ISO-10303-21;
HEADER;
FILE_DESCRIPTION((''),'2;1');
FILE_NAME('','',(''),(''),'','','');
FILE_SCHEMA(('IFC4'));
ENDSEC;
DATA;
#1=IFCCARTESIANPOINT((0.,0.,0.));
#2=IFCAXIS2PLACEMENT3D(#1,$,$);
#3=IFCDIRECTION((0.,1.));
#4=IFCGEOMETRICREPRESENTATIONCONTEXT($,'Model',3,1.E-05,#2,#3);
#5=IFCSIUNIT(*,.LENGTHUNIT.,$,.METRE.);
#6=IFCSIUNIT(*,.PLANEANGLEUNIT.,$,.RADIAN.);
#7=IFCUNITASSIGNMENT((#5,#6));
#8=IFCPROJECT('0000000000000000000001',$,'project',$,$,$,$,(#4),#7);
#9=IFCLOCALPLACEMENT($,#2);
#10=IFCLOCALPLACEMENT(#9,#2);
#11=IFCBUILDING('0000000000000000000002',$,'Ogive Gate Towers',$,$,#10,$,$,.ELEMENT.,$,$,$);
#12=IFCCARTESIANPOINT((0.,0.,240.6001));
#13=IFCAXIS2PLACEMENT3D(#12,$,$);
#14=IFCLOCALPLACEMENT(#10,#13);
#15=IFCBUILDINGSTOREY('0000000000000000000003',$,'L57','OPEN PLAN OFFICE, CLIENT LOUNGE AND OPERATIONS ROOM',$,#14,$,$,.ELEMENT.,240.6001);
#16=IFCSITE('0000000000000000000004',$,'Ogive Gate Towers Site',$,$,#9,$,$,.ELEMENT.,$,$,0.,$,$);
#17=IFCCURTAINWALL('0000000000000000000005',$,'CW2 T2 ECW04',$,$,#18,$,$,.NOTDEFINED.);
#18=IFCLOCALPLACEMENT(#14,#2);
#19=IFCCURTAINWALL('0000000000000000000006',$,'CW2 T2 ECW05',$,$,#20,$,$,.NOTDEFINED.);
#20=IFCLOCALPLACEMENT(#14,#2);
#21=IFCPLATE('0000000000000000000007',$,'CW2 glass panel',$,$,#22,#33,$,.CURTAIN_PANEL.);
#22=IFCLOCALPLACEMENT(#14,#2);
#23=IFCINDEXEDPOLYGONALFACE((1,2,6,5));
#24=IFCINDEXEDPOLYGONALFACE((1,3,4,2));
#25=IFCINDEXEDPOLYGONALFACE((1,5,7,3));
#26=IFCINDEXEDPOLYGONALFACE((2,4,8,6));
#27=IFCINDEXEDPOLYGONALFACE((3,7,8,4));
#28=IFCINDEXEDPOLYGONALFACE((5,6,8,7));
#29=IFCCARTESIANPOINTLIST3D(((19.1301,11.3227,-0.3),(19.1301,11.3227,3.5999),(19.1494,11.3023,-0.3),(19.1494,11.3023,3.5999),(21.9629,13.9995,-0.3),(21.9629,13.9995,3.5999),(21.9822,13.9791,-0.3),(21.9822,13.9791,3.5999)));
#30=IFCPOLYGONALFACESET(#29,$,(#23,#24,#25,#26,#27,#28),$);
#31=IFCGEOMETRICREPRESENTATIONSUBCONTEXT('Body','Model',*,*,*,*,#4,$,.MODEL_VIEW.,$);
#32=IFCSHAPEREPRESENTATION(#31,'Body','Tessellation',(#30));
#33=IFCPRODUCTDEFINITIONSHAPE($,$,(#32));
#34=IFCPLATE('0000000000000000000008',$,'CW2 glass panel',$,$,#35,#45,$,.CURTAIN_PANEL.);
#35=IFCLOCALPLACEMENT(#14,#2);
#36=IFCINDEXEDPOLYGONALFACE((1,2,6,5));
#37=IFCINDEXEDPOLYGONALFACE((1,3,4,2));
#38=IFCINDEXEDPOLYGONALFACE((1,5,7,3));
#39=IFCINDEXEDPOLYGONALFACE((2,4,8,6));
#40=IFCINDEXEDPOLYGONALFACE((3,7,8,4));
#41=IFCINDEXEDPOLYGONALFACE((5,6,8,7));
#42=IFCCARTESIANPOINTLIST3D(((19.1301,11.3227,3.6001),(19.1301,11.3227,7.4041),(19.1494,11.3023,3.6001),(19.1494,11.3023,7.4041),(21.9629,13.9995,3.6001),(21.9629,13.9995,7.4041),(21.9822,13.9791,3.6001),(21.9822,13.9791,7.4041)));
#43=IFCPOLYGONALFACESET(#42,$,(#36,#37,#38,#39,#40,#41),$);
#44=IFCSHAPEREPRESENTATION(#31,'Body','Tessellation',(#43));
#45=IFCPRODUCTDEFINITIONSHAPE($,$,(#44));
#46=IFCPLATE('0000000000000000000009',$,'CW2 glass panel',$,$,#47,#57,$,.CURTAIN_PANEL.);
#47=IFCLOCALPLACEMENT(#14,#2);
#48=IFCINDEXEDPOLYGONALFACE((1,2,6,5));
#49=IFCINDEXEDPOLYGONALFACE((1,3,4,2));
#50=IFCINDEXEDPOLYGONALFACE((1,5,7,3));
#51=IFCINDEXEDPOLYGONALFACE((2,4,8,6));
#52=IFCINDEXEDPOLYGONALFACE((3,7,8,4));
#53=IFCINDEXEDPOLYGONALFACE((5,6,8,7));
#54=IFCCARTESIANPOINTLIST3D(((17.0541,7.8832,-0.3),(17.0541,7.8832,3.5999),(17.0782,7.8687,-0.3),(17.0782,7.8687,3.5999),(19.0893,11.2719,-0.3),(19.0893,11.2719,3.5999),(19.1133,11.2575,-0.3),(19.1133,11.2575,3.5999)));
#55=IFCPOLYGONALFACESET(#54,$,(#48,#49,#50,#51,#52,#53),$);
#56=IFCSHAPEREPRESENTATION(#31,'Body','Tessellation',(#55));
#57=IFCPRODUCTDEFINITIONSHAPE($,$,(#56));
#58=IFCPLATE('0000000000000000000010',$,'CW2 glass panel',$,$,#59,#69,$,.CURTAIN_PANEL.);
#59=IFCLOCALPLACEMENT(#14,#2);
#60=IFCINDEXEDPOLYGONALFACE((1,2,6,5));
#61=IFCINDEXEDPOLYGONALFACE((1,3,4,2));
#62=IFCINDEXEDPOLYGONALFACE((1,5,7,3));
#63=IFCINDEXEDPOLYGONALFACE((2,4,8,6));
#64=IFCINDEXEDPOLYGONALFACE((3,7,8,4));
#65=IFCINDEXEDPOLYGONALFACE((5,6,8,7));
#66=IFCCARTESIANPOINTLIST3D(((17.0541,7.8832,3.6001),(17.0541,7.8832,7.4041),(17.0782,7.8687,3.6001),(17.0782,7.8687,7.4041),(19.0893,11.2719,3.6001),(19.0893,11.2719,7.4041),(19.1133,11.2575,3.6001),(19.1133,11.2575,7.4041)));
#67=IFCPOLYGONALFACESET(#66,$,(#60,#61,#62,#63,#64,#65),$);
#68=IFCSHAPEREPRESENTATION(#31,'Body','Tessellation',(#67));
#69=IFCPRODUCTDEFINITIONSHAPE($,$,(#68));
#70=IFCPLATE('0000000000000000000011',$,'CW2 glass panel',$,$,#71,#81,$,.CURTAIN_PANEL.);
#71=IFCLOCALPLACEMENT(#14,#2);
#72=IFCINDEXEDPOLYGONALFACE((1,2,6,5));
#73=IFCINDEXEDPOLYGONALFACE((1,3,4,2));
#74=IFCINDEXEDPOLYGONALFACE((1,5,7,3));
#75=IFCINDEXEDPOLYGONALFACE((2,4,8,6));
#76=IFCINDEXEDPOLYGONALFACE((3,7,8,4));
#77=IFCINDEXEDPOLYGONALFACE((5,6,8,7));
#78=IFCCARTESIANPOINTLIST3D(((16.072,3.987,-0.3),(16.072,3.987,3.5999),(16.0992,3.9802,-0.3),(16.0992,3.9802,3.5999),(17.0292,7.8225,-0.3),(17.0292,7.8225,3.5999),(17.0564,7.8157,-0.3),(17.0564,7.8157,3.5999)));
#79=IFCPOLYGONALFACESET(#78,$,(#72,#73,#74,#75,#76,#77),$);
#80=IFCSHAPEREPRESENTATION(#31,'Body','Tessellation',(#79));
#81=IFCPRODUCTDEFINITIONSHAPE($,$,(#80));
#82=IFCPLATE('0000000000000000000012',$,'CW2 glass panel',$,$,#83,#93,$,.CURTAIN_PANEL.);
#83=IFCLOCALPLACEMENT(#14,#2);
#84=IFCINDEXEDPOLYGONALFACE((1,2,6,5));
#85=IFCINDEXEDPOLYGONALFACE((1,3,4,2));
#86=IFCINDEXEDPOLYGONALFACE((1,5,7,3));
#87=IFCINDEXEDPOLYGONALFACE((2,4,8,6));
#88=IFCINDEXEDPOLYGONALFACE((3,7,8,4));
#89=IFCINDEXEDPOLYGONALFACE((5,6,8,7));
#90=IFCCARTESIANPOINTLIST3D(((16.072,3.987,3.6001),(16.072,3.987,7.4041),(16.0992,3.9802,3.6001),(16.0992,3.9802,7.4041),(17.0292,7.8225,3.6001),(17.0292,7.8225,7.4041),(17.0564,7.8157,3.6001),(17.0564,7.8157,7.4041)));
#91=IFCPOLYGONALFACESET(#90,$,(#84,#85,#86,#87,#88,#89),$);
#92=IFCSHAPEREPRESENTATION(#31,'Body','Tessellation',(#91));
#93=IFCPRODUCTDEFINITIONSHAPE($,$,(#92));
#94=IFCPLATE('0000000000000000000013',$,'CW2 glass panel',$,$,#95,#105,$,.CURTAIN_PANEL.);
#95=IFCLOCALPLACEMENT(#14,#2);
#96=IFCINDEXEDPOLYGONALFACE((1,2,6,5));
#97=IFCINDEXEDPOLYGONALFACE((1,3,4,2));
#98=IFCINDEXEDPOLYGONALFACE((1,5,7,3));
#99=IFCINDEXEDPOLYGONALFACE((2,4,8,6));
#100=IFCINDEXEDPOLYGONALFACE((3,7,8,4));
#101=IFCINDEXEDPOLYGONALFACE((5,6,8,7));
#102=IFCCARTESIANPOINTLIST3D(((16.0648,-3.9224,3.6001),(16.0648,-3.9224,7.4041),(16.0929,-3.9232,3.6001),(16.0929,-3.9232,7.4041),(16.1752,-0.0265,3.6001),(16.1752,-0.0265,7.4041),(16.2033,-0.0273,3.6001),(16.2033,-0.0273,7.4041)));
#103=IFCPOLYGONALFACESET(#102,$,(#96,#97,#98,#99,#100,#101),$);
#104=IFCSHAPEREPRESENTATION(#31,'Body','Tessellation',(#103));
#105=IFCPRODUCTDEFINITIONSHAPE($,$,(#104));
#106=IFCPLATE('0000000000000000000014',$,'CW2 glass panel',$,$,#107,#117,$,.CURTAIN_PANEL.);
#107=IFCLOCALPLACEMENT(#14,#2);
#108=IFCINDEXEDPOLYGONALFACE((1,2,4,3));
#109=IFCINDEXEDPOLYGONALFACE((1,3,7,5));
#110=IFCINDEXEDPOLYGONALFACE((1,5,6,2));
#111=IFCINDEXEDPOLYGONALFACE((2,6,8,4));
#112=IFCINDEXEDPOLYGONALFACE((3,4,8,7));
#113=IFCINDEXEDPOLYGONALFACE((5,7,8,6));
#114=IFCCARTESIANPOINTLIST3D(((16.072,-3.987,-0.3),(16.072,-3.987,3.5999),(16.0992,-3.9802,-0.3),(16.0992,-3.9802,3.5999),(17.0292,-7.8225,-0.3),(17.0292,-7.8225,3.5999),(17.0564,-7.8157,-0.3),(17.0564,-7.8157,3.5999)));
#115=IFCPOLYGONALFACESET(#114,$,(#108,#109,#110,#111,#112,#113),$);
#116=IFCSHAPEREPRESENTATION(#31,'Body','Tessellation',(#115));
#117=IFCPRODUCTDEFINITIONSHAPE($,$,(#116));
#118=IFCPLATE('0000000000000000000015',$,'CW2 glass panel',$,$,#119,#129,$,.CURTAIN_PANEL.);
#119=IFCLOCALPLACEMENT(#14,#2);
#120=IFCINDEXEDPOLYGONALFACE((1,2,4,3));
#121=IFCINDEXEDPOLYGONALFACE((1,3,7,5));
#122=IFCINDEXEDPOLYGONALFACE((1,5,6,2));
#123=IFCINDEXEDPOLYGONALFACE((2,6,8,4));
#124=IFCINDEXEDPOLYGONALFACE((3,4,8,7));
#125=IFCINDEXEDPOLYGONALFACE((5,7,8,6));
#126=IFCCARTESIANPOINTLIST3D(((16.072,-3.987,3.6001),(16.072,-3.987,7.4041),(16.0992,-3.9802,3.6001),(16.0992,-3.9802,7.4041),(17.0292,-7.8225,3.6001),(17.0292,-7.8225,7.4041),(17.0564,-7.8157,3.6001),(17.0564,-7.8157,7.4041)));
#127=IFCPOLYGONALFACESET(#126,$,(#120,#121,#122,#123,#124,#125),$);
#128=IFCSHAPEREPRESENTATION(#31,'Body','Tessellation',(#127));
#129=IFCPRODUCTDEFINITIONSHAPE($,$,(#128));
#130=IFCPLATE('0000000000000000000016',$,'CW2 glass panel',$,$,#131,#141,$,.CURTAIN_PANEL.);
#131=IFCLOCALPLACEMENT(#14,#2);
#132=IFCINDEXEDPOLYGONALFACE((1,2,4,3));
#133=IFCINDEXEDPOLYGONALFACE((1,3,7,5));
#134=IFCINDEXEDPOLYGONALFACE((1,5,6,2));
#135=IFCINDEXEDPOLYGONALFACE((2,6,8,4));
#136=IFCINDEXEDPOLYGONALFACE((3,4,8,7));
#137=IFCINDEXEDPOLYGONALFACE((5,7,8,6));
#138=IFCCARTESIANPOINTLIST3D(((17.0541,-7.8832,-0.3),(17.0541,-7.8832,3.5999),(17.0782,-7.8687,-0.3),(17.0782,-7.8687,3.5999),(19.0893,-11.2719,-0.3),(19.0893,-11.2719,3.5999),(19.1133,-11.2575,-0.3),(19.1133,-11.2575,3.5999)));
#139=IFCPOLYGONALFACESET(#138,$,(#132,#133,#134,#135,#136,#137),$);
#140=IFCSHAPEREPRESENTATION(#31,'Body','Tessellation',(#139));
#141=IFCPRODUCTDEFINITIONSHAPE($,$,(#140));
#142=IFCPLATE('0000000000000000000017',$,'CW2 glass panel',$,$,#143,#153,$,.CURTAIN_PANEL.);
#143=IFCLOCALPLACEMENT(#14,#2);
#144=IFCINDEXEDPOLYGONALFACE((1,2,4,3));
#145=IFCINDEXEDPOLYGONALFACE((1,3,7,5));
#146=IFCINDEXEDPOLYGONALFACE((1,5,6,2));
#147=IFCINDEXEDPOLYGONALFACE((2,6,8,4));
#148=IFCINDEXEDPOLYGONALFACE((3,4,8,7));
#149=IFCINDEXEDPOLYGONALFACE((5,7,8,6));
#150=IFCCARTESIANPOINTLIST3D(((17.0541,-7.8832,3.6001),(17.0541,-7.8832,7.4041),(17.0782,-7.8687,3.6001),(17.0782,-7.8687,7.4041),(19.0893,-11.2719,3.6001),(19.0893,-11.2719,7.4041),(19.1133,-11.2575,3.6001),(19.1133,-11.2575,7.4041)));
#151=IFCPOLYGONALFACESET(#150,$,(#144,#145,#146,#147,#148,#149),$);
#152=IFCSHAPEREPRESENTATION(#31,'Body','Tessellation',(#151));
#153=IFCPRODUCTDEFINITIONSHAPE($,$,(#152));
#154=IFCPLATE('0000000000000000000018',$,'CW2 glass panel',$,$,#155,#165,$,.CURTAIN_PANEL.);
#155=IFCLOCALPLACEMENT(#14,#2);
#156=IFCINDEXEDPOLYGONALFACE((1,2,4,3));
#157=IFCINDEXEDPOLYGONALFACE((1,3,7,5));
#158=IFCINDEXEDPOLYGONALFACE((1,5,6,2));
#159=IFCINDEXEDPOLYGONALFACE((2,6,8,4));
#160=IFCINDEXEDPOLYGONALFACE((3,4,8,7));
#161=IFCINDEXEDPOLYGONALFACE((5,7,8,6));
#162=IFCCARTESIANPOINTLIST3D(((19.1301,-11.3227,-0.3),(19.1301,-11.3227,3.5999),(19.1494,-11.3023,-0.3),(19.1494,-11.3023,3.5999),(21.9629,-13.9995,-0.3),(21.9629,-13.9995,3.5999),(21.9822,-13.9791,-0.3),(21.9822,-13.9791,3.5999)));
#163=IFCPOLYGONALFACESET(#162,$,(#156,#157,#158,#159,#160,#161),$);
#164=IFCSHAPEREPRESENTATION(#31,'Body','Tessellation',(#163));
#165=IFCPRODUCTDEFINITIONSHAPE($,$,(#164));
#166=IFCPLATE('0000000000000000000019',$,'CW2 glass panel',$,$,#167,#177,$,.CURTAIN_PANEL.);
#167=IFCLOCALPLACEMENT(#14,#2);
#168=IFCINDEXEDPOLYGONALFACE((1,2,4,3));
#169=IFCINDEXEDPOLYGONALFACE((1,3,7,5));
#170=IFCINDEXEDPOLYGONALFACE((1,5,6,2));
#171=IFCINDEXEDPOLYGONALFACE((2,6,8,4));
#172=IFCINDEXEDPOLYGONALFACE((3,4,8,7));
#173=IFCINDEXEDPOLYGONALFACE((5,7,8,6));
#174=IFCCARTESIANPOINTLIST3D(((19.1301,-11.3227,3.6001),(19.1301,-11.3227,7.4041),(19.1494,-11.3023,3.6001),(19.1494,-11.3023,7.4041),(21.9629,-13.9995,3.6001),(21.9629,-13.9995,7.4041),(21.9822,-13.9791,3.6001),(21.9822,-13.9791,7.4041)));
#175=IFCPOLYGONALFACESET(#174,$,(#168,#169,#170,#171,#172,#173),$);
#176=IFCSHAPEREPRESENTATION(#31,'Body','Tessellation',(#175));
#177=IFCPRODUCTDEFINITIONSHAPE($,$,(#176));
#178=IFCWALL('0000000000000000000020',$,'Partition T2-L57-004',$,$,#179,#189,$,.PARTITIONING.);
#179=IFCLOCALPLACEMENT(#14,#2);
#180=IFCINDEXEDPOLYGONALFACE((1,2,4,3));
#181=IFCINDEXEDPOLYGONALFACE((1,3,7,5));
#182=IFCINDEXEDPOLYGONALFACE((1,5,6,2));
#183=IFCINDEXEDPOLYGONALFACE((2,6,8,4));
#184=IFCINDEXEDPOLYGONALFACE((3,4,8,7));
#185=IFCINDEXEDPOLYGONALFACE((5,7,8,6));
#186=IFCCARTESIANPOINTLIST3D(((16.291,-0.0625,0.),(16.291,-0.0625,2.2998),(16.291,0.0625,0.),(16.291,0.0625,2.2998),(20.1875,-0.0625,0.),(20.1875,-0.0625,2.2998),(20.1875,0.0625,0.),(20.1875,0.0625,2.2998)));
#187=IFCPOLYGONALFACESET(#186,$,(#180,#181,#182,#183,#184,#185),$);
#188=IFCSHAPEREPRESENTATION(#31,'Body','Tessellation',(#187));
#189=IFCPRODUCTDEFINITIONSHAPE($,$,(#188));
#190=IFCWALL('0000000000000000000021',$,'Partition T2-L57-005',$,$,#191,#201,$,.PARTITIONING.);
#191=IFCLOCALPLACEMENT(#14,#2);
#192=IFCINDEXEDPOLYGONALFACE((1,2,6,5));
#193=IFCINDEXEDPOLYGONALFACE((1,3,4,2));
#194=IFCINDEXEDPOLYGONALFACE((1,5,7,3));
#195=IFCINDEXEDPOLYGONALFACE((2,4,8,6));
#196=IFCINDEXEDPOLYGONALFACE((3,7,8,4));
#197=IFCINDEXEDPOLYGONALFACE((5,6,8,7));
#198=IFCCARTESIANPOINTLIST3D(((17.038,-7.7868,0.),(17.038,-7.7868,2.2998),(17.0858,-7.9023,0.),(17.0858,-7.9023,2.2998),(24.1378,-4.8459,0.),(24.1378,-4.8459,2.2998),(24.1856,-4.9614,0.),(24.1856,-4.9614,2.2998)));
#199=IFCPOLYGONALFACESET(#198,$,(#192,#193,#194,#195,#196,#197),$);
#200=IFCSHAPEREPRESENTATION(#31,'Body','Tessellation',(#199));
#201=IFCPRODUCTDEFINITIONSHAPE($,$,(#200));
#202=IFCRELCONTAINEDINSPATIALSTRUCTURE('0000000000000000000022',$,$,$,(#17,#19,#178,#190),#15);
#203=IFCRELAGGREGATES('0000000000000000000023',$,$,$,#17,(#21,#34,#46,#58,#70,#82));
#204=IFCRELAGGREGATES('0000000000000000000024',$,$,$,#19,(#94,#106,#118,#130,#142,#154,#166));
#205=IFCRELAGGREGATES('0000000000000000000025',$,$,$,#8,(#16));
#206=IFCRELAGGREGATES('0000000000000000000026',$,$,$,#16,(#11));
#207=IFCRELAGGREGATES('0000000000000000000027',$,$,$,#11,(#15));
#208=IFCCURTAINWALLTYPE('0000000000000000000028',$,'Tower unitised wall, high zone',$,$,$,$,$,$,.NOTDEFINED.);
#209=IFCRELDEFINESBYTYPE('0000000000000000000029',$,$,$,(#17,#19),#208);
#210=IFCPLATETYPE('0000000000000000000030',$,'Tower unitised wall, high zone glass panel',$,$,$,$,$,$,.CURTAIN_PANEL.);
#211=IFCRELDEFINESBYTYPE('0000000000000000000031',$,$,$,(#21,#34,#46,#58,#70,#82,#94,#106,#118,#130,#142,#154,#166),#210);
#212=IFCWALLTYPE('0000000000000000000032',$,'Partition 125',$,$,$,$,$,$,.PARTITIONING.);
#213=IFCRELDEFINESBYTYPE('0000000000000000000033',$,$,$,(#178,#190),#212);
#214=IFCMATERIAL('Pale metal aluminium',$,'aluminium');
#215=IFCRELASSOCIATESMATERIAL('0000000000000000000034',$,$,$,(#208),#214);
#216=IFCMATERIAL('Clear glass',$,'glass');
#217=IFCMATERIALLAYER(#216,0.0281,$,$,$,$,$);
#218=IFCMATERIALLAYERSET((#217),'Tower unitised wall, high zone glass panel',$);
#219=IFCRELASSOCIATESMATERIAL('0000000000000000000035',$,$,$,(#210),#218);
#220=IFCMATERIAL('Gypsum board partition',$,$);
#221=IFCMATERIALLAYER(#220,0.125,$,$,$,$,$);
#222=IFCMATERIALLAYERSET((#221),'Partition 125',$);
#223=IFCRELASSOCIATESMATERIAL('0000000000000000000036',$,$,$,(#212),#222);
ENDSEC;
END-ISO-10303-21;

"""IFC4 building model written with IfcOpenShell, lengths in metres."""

from ifc_helpers import new_model, si_unit, direction, frame, frame_2d, origin, origin_2d, place, context, subcontext, project, spatial, rectangle, extrude, material, layer, layer_set, type_object, element, aggregate, save


model = new_model("IFC4")

# Units and contexts
model_context = context("Model", 3, precision=1e-05, world=origin(), true_north=direction((0.0, 1.0)))
body_context = subcontext(model_context, "Body", "Model", "MODEL_VIEW")
ifc_project = project(units=[si_unit("LENGTHUNIT", "METRE"), si_unit("PLANEANGLEUNIT", "RADIAN")], contexts=[model_context])

# Site, building, storey
site_placement = place(None, origin())
site = spatial("IfcSite", under=ifc_project, at=site_placement, Name="Ogive Gate Towers Site", CompositionType="ELEMENT", RefElevation=0.0)
building_placement = place(site_placement, origin())
building = spatial("IfcBuilding", under=site, at=building_placement, Name="Ogive Gate Towers", CompositionType="ELEMENT")
storey_placement = place(building_placement, frame((0.0, 0.0, 240.6001)))
storey = spatial("IfcBuildingStorey", under=building, at=storey_placement, Name="L57", Description="OPEN PLAN OFFICE, CLIENT LOUNGE AND OPERATIONS ROOM", CompositionType="ELEMENT", Elevation=240.6001)

# Curtain walls
ifc_material_1 = material(Name="Pale metal aluminium", Category="aluminium")
curtain_wall_type = type_object("IfcCurtainWallType", Name="Tower unitised wall, high zone", PredefinedType="NOTDEFINED", material=ifc_material_1)
curtain_wall_1_placement = place(storey_placement, origin())
curtain_wall_1 = element("IfcCurtainWall", 1, at=curtain_wall_1_placement, inside=storey, type_object=curtain_wall_type, Name="CW2 T2 ECW04", PredefinedType="NOTDEFINED")
curtain_wall_2_placement = place(storey_placement, origin())
curtain_wall_2 = element("IfcCurtainWall", 2, at=curtain_wall_2_placement, inside=storey, type_object=curtain_wall_type, Name="CW2 T2 ECW05", PredefinedType="NOTDEFINED")

# Plates
ifc_material_2 = material(Name="Clear glass", Category="glass")
ifc_layer_1 = layer(ifc_material_2, 0.0281)
ifc_layer_set_1 = layer_set([ifc_layer_1], Name="Tower unitised wall, high zone glass panel")
plate_type = type_object("IfcPlateType", Name="Tower unitised wall, high zone glass panel", PredefinedType="CURTAIN_PANEL", material=ifc_layer_set_1)
plate_1_placement = place(storey_placement, frame((20.5562, 12.6509, -0.3), z_axis=(0.0, 0.0, 1.0), x_axis=(-0.72685, -0.686796, 0.0)))
plate_1 = element("IfcPlate", 3, at=plate_1_placement, type_object=plate_type, Name="CW2 glass panel", PredefinedType="CURTAIN_PANEL", context=body_context, shape_type="SweptSolid", body=[
    extrude(rectangle(XDim=3.8975, YDim=0.0281, at=origin_2d()), origin(), (0.0, 0.0, 1.0), 3.8999),
])
plate_2_placement = place(storey_placement, frame((20.5562, 12.6509, 3.6001), z_axis=(0.0, 0.0, 1.0), x_axis=(-0.72685, -0.686796, 0.0)))
plate_2 = element("IfcPlate", 4, at=plate_2_placement, type_object=plate_type, Name="CW2 glass panel", PredefinedType="CURTAIN_PANEL", context=body_context, shape_type="SweptSolid", body=[
    extrude(rectangle(XDim=3.8975, YDim=0.0281, at=origin_2d()), origin(), (0.0, 0.0, 1.0), 3.804),
])
plate_3_placement = place(storey_placement, frame((18.0837, 9.5703, -0.3), z_axis=(0.0, 0.0, 1.0), x_axis=(-0.514844, -0.857284, 0.0)))
plate_3 = element("IfcPlate", 5, at=plate_3_placement, type_object=plate_type, Name="CW2 glass panel", PredefinedType="CURTAIN_PANEL", context=body_context, shape_type="SweptSolid", body=[
    extrude(rectangle(XDim=3.9529, YDim=0.0281, at=origin_2d()), origin(), (0.0, 0.0, 1.0), 3.8999),
])
plate_4_placement = place(storey_placement, frame((18.0837, 9.5703, 3.6001), z_axis=(0.0, 0.0, 1.0), x_axis=(-0.514844, -0.857284, 0.0)))
plate_4 = element("IfcPlate", 6, at=plate_4_placement, type_object=plate_type, Name="CW2 glass panel", PredefinedType="CURTAIN_PANEL", context=body_context, shape_type="SweptSolid", body=[
    extrude(rectangle(XDim=3.9529, YDim=0.0281, at=origin_2d()), origin(), (0.0, 0.0, 1.0), 3.804),
])
plate_5_placement = place(storey_placement, frame((16.5642, 5.9014, -0.3), z_axis=(0.0, 0.0, 1.0), x_axis=(-0.242142, -0.970241, 0.0)))
plate_5 = element("IfcPlate", 7, at=plate_5_placement, type_object=plate_type, Name="CW2 glass panel", PredefinedType="CURTAIN_PANEL", context=body_context, shape_type="SweptSolid", body=[
    extrude(rectangle(XDim=3.9531, YDim=0.0281, at=origin_2d()), origin(), (0.0, 0.0, 1.0), 3.8999),
])
plate_6_placement = place(storey_placement, frame((16.5642, 5.9014, 3.6001), z_axis=(0.0, 0.0, 1.0), x_axis=(-0.242142, -0.970241, 0.0)))
plate_6 = element("IfcPlate", 8, at=plate_6_placement, type_object=plate_type, Name="CW2 glass panel", PredefinedType="CURTAIN_PANEL", context=body_context, shape_type="SweptSolid", body=[
    extrude(rectangle(XDim=3.9531, YDim=0.0281, at=origin_2d()), origin(), (0.0, 0.0, 1.0), 3.804),
])
aggregate(curtain_wall_1, [plate_1, plate_2, plate_3, plate_4, plate_5, plate_6])
plate_7_placement = place(storey_placement, frame((16.134, -1.9749, 3.6001), z_axis=(0.0, 0.0, 1.0), x_axis=(-0.028323, -0.999599, 0.0)))
plate_7 = element("IfcPlate", 9, at=plate_7_placement, type_object=plate_type, Name="CW2 glass panel", PredefinedType="CURTAIN_PANEL", context=body_context, shape_type="SweptSolid", body=[
    extrude(rectangle(XDim=3.8975, YDim=0.0281, at=origin_2d()), origin(), (0.0, 0.0, 1.0), 3.804),
])
plate_8_placement = place(storey_placement, frame((16.5642, -5.9014, -0.3), z_axis=(0.0, 0.0, 1.0), x_axis=(0.242142, -0.970241, 0.0)))
plate_8 = element("IfcPlate", 10, at=plate_8_placement, type_object=plate_type, Name="CW2 glass panel", PredefinedType="CURTAIN_PANEL", context=body_context, shape_type="SweptSolid", body=[
    extrude(rectangle(XDim=3.9531, YDim=0.0281, at=origin_2d()), origin(), (0.0, 0.0, 1.0), 3.8999),
])
plate_9_placement = place(storey_placement, frame((16.5642, -5.9014, 3.6001), z_axis=(0.0, 0.0, 1.0), x_axis=(0.242142, -0.970241, 0.0)))
plate_9 = element("IfcPlate", 11, at=plate_9_placement, type_object=plate_type, Name="CW2 glass panel", PredefinedType="CURTAIN_PANEL", context=body_context, shape_type="SweptSolid", body=[
    extrude(rectangle(XDim=3.9531, YDim=0.0281, at=origin_2d()), origin(), (0.0, 0.0, 1.0), 3.804),
])
plate_10_placement = place(storey_placement, frame((18.0837, -9.5703, -0.3), z_axis=(0.0, 0.0, 1.0), x_axis=(0.514844, -0.857284, 0.0)))
plate_10 = element("IfcPlate", 12, at=plate_10_placement, type_object=plate_type, Name="CW2 glass panel", PredefinedType="CURTAIN_PANEL", context=body_context, shape_type="SweptSolid", body=[
    extrude(rectangle(XDim=3.9529, YDim=0.0281, at=origin_2d()), origin(), (0.0, 0.0, 1.0), 3.8999),
])
plate_11_placement = place(storey_placement, frame((18.0837, -9.5703, 3.6001), z_axis=(0.0, 0.0, 1.0), x_axis=(0.514844, -0.857284, 0.0)))
plate_11 = element("IfcPlate", 13, at=plate_11_placement, type_object=plate_type, Name="CW2 glass panel", PredefinedType="CURTAIN_PANEL", context=body_context, shape_type="SweptSolid", body=[
    extrude(rectangle(XDim=3.9529, YDim=0.0281, at=origin_2d()), origin(), (0.0, 0.0, 1.0), 3.804),
])
plate_12_placement = place(storey_placement, frame((20.5562, -12.6509, -0.3), z_axis=(0.0, 0.0, 1.0), x_axis=(0.72685, -0.686796, 0.0)))
plate_12 = element("IfcPlate", 14, at=plate_12_placement, type_object=plate_type, Name="CW2 glass panel", PredefinedType="CURTAIN_PANEL", context=body_context, shape_type="SweptSolid", body=[
    extrude(rectangle(XDim=3.8975, YDim=0.0281, at=origin_2d()), origin(), (0.0, 0.0, 1.0), 3.8999),
])
plate_13_placement = place(storey_placement, frame((20.5562, -12.6509, 3.6001), z_axis=(0.0, 0.0, 1.0), x_axis=(0.72685, -0.686796, 0.0)))
plate_13 = element("IfcPlate", 15, at=plate_13_placement, type_object=plate_type, Name="CW2 glass panel", PredefinedType="CURTAIN_PANEL", context=body_context, shape_type="SweptSolid", body=[
    extrude(rectangle(XDim=3.8975, YDim=0.0281, at=origin_2d()), origin(), (0.0, 0.0, 1.0), 3.804),
])
aggregate(curtain_wall_2, [plate_7, plate_8, plate_9, plate_10, plate_11, plate_12, plate_13])

# Walls
ifc_material_3 = material(Name="Gypsum board partition")
ifc_layer_2 = layer(ifc_material_3, 0.125)
ifc_layer_set_2 = layer_set([ifc_layer_2], Name="Partition 125")
wall_type = type_object("IfcWallType", Name="Partition 125", PredefinedType="PARTITIONING", material=ifc_layer_set_2)
wall_1_placement = place(storey_placement, frame((16.291, 0.0, 0.0), z_axis=(0.0, 0.0, 1.0), x_axis=(1.0, 0.0, 0.0)))
element("IfcWall", 16, at=wall_1_placement, inside=storey, type_object=wall_type, Name="Partition T2-L57-004", PredefinedType="PARTITIONING", context=body_context, shape_type="SweptSolid", body=[
    extrude(rectangle(XDim=3.8965, YDim=0.125, at=frame_2d((1.9482, 0.0))), origin(), (0.0, 0.0, 1.0), 2.2998),
])
wall_2_placement = place(storey_placement, frame((17.062, -7.8445, 0.0), z_axis=(0.0, 0.0, 1.0), x_axis=(0.923877, 0.38269, 0.0)))
element("IfcWall", 17, at=wall_2_placement, inside=storey, type_object=wall_type, Name="Partition T2-L57-005", PredefinedType="PARTITIONING", context=body_context, shape_type="SweptSolid", body=[
    extrude(rectangle(XDim=7.6848, YDim=0.125, at=frame_2d((3.8423, 0.0))), origin(), (0.0, 0.0, 1.0), 2.2998),
])

save(model, "model.ifc")
